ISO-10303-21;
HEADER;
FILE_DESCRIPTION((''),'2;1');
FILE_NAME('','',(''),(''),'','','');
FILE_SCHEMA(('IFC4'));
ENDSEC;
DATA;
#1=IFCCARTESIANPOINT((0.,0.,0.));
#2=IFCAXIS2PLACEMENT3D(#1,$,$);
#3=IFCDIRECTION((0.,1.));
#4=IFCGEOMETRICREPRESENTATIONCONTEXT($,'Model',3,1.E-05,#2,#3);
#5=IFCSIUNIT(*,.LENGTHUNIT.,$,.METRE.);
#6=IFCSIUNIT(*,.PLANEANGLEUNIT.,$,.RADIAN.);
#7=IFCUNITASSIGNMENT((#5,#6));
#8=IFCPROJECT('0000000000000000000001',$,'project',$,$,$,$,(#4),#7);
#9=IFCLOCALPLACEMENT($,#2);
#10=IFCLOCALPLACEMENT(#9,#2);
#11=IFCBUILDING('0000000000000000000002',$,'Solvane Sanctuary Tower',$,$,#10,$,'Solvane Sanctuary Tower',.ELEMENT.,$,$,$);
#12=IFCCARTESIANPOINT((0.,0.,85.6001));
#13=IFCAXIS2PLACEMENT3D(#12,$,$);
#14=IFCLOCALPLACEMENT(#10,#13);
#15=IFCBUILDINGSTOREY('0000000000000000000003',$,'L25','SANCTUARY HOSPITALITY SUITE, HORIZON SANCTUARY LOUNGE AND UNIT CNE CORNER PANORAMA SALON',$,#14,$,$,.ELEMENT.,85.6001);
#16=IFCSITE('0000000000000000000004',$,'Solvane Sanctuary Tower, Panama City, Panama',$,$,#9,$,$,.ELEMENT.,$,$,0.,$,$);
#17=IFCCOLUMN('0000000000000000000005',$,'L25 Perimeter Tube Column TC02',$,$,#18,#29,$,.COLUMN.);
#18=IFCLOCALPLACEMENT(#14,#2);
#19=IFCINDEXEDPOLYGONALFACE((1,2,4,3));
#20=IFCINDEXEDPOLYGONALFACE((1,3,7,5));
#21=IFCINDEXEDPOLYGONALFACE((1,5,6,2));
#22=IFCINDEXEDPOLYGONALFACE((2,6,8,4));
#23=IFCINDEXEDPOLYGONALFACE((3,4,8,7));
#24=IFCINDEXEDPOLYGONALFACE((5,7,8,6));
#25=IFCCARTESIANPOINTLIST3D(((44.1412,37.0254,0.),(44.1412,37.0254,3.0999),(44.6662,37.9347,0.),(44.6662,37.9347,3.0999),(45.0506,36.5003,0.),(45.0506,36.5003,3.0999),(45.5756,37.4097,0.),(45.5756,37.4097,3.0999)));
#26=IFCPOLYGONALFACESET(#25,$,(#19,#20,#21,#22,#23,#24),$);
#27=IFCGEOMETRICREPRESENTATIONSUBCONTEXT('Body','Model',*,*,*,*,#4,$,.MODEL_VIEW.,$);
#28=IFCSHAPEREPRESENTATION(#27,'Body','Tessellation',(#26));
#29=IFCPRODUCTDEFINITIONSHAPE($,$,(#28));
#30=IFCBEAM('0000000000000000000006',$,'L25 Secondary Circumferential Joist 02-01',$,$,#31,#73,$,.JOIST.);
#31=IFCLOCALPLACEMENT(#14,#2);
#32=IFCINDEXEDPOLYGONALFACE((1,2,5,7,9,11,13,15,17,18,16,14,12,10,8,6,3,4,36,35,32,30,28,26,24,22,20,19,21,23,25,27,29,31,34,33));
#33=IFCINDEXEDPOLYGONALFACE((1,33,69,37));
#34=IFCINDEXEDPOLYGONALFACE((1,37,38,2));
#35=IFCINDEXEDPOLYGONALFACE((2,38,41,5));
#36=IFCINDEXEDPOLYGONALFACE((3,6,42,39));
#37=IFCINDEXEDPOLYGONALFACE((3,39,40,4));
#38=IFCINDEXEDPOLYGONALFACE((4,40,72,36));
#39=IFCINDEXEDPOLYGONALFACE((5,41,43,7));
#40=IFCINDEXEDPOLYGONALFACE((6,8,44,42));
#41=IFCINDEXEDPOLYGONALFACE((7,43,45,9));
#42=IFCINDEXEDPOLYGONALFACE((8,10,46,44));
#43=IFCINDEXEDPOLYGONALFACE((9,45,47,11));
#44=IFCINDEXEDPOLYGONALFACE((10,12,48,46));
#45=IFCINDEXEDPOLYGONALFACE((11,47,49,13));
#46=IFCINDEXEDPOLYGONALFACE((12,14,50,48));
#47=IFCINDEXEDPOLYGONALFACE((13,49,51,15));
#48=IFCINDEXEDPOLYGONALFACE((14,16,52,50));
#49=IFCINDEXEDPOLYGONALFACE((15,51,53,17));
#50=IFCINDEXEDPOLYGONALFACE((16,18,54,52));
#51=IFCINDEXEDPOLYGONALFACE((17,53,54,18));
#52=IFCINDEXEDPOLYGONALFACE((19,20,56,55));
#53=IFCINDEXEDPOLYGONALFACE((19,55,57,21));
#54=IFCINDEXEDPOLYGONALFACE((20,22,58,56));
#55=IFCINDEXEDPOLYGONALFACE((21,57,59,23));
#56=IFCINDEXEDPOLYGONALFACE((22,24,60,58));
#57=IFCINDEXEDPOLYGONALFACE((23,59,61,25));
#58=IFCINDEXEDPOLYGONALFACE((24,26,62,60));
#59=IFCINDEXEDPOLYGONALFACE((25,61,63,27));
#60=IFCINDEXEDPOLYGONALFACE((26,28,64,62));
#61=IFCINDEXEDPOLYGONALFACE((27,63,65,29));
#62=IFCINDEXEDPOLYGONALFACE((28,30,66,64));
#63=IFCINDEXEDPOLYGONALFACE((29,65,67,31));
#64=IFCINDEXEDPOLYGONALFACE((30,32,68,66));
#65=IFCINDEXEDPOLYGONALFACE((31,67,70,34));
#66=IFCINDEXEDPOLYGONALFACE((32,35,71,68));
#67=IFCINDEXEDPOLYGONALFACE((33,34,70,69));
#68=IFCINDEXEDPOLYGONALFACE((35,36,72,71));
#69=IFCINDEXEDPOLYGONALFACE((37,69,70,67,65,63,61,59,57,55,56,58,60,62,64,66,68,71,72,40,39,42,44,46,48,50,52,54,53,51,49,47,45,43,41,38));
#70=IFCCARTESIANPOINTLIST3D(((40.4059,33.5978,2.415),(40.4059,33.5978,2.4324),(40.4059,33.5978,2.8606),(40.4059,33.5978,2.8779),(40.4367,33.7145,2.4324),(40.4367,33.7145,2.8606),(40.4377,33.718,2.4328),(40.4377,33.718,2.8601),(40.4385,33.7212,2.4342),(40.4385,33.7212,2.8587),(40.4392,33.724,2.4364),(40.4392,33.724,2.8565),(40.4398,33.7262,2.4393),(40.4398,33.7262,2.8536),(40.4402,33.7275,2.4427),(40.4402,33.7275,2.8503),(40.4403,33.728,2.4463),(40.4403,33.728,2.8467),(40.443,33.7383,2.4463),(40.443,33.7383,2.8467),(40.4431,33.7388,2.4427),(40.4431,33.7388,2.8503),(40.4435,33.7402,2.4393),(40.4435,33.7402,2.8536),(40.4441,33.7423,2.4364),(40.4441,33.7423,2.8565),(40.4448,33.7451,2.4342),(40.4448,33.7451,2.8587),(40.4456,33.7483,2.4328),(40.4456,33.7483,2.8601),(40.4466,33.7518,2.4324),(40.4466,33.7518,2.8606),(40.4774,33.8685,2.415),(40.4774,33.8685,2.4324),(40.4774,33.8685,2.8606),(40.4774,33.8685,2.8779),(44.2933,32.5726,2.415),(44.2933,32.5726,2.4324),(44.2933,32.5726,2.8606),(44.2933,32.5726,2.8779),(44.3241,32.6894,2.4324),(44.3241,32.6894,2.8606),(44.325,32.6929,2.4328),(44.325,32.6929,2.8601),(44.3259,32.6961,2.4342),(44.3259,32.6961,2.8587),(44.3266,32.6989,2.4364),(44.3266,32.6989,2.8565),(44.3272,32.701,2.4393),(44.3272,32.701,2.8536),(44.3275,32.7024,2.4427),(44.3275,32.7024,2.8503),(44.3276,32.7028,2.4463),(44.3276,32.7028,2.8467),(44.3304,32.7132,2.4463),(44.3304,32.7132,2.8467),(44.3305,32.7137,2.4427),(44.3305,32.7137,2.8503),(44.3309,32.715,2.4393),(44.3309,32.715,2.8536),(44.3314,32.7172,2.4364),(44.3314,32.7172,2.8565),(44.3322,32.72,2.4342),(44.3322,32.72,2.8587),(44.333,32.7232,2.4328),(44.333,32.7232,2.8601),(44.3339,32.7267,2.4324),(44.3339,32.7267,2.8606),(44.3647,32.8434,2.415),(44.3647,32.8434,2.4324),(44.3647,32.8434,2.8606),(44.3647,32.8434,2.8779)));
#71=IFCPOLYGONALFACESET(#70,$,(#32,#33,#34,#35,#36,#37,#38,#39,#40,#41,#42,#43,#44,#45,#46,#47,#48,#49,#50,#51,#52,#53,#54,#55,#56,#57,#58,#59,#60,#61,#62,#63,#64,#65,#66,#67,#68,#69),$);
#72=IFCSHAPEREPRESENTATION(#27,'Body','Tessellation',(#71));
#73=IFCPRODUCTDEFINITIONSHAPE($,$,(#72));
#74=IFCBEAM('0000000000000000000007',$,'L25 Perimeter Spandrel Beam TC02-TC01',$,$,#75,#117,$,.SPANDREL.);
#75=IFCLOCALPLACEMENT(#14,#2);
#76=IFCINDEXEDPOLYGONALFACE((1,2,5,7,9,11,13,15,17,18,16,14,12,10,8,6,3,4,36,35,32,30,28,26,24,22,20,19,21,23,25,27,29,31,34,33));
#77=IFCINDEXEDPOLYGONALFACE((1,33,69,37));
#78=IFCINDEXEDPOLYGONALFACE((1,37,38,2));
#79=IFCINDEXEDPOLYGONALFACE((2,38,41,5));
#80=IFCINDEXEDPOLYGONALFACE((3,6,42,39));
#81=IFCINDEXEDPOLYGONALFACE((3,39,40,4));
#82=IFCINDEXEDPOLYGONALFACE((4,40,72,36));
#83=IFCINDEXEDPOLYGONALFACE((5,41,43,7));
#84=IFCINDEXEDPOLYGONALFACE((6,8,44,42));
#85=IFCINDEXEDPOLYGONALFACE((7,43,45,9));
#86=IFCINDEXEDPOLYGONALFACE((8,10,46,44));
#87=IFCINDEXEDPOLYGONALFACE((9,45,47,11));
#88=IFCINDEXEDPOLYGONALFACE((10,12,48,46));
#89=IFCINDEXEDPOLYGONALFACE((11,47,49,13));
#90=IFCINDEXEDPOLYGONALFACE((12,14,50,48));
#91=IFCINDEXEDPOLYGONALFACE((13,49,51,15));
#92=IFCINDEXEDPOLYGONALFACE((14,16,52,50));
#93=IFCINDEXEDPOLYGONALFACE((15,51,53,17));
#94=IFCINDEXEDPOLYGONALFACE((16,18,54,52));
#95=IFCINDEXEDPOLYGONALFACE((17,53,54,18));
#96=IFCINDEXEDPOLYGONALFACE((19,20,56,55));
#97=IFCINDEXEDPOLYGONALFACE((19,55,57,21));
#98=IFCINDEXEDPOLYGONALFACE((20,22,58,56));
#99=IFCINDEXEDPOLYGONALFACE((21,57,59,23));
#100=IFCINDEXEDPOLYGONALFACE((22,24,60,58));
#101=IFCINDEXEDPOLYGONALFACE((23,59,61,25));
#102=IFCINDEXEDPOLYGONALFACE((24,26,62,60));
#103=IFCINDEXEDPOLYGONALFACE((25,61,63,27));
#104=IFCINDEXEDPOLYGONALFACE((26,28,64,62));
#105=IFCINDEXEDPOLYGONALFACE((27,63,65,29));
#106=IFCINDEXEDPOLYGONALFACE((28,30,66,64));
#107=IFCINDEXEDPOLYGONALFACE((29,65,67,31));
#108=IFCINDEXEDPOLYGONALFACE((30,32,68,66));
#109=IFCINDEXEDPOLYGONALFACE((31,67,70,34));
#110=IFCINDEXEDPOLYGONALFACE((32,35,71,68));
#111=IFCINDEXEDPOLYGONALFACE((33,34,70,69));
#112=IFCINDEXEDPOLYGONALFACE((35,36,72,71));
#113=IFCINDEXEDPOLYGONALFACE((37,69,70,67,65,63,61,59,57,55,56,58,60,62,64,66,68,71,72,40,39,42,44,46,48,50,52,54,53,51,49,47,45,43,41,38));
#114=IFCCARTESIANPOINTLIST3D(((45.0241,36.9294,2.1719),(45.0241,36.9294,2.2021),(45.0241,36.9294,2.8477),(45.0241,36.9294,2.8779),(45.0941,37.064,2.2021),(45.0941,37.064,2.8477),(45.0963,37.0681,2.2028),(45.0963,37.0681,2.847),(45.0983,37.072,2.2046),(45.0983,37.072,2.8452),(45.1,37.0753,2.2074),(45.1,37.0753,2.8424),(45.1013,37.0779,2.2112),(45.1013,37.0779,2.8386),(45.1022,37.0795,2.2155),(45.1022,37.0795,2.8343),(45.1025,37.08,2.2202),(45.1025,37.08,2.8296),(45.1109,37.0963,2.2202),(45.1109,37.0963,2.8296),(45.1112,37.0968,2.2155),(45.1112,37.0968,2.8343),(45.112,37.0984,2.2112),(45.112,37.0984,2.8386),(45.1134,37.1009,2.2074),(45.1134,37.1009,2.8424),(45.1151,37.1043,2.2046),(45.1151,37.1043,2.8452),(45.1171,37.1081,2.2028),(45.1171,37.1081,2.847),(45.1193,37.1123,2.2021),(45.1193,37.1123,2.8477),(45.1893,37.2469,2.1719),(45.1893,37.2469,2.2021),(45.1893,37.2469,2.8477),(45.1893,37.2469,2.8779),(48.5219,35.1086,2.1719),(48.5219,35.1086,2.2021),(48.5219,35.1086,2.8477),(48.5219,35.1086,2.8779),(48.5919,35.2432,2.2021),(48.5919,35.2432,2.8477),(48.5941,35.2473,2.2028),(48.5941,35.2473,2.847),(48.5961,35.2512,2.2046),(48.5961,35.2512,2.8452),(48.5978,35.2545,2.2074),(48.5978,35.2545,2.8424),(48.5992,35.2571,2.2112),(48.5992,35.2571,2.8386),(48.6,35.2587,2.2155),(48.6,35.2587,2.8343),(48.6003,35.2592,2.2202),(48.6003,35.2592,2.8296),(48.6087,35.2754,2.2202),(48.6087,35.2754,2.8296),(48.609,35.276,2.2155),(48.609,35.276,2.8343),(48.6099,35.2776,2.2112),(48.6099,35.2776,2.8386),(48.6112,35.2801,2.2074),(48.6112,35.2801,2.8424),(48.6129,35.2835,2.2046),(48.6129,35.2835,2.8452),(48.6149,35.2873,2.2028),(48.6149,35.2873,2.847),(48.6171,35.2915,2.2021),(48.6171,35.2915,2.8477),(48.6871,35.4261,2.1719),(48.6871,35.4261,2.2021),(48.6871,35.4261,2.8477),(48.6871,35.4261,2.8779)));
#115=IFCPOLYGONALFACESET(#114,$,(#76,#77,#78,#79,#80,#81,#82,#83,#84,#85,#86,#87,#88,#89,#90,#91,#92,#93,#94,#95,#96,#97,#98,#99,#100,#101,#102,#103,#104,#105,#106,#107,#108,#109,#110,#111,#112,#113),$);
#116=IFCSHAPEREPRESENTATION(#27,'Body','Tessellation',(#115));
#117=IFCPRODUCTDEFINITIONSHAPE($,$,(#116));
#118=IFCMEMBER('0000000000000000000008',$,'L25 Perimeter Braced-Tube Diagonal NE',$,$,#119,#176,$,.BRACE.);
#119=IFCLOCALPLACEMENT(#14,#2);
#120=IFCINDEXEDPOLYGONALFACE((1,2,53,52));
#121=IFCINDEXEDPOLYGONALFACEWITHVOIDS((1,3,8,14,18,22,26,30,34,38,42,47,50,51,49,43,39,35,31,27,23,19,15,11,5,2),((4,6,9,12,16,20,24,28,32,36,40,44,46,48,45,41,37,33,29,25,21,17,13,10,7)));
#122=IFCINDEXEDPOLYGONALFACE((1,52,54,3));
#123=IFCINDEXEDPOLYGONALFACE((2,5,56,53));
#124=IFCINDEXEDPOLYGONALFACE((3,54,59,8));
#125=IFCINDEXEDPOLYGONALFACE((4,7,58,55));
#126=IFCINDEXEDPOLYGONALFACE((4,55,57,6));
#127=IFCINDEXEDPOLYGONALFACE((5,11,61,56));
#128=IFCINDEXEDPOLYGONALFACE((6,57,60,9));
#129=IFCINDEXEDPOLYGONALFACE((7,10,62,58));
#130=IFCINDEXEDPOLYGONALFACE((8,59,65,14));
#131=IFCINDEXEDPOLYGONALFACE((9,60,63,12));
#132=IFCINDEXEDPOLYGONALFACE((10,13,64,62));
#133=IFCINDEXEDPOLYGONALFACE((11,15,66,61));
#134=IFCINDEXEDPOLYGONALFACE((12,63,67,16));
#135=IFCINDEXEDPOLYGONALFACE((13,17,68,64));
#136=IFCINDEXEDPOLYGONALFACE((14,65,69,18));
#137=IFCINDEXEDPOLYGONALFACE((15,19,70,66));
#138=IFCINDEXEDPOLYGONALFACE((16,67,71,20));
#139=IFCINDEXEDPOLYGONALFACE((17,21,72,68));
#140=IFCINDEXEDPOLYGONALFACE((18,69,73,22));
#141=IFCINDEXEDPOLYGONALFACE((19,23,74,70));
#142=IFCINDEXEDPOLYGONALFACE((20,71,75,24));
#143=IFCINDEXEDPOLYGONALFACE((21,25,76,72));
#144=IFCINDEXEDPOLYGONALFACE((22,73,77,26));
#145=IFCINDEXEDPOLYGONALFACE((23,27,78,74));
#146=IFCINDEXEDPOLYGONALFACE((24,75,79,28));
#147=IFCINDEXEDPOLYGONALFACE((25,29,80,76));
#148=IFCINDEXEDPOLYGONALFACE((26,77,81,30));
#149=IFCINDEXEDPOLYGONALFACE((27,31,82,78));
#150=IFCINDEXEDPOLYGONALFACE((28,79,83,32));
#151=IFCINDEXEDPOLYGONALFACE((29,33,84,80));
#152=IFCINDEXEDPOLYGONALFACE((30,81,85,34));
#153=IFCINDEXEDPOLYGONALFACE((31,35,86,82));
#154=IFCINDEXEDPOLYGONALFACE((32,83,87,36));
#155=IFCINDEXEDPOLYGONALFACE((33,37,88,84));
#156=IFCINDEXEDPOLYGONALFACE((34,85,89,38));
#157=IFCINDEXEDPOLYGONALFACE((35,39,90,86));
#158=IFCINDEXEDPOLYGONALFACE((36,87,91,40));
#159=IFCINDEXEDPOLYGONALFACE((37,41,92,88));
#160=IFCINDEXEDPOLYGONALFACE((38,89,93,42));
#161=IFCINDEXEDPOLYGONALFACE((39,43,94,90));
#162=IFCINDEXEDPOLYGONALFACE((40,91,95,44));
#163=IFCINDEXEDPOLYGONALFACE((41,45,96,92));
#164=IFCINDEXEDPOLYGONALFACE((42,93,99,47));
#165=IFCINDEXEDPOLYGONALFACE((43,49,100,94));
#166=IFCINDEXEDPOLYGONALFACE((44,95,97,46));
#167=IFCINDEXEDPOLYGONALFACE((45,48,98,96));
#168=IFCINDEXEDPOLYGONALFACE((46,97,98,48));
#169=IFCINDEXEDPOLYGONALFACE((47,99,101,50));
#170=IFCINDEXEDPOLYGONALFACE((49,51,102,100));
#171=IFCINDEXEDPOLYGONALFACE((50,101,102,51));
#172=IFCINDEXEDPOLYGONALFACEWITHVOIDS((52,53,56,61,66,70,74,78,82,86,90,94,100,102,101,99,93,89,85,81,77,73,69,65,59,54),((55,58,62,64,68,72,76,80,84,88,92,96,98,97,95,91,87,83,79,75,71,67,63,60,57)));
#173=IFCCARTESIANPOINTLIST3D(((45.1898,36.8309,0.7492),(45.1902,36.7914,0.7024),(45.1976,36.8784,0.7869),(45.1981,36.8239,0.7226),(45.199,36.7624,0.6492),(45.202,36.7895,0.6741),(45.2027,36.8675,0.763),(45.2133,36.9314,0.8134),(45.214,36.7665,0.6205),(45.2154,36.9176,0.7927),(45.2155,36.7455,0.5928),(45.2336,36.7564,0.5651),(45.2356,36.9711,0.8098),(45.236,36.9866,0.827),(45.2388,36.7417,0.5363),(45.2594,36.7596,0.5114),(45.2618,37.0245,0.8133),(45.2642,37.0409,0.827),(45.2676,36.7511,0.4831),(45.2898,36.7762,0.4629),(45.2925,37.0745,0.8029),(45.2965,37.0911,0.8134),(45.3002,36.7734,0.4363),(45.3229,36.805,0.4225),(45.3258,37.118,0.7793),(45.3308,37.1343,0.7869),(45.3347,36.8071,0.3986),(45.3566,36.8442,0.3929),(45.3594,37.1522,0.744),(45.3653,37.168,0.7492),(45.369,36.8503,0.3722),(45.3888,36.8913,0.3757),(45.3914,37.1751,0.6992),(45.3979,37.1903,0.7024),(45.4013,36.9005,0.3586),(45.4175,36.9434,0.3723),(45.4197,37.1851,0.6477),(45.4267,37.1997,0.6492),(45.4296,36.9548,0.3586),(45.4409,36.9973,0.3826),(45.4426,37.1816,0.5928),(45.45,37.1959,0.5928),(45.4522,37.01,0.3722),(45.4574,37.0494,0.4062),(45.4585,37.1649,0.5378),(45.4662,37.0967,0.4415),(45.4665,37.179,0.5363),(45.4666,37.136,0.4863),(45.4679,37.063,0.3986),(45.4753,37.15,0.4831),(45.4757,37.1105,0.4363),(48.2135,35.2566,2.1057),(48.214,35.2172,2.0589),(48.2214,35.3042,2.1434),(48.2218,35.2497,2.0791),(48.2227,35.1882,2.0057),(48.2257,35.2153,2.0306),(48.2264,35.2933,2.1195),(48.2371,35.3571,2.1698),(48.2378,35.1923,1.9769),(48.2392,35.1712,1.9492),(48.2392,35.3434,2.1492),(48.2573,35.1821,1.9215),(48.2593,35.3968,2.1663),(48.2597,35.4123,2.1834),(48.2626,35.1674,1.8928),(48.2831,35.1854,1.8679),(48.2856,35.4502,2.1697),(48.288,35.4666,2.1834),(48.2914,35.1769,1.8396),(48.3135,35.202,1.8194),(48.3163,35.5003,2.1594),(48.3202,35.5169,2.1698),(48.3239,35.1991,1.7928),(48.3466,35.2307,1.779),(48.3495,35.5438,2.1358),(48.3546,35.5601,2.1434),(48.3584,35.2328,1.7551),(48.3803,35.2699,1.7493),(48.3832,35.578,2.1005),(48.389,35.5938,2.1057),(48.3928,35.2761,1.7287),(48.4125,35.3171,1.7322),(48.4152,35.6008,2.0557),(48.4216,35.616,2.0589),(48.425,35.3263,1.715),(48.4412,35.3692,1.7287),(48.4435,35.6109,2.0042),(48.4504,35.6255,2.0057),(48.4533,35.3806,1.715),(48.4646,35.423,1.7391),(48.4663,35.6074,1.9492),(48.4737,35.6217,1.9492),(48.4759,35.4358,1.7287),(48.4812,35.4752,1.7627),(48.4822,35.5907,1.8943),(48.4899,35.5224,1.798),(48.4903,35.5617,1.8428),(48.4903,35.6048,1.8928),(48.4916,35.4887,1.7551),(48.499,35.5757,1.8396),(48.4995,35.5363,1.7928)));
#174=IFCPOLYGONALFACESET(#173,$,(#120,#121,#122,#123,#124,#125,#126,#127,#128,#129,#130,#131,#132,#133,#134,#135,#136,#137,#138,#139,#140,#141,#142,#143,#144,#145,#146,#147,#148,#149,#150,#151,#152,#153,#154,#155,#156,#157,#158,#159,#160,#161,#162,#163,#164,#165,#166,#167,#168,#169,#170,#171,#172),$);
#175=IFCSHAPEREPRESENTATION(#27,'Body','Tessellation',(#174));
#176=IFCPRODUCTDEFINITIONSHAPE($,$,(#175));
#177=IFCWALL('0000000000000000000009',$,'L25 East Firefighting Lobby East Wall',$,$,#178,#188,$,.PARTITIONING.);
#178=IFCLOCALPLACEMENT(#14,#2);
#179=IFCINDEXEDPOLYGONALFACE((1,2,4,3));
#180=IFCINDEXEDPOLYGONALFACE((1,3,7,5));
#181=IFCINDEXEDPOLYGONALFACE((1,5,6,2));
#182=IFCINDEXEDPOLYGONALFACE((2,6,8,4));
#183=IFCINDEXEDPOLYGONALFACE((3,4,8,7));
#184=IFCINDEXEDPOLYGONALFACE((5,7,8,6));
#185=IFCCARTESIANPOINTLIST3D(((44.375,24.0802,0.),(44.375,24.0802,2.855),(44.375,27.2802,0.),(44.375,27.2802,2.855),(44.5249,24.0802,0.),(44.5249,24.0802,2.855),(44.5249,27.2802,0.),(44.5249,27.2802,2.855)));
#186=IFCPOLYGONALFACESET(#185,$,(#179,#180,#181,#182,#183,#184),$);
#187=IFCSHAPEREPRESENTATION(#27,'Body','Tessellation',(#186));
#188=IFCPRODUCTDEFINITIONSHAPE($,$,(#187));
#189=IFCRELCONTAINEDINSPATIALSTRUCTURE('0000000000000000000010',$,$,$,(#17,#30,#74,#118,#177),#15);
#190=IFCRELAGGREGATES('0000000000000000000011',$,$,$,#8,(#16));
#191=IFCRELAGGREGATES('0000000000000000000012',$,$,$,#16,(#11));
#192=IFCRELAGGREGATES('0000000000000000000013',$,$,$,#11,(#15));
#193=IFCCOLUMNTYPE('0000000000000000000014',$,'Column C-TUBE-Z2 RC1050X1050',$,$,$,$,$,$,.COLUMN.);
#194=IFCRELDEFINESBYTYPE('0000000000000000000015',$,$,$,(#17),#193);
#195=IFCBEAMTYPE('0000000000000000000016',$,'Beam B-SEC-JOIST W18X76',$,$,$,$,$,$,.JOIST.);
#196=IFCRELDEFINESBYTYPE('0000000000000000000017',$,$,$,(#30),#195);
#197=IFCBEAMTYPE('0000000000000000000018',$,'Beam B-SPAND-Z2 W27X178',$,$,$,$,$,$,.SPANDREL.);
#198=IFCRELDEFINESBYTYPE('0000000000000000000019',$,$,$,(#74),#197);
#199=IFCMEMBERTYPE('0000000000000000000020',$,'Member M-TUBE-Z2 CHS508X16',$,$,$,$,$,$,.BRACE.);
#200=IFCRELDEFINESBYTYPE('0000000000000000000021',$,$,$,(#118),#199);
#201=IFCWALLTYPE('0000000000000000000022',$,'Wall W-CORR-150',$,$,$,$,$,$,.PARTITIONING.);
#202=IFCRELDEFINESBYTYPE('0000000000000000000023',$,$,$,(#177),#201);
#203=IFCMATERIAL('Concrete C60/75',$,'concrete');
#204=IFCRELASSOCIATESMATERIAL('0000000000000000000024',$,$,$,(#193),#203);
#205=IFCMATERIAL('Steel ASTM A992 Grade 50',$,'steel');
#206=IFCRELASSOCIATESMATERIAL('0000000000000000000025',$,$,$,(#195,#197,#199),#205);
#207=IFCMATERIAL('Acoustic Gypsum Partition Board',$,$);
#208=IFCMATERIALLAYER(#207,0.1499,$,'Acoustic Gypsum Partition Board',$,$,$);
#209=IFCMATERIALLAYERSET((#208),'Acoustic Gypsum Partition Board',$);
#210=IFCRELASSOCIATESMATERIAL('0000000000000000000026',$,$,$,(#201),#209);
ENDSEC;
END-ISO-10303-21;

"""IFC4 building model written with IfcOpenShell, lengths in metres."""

from ifc_helpers import new_model, si_unit, direction, frame, frame_2d, origin, origin_2d, place, context, subcontext, project, spatial, rectangle, hollow_circle, i_section, extrude, material, layer, layer_set, material_profile, profile_set, type_object, element, save


model = new_model("IFC4")

# Units and contexts
model_context = context("Model", 3, precision=1e-05, world=origin(), true_north=direction((0.0, 1.0)))
body_context = subcontext(model_context, "Body", "Model", "MODEL_VIEW")
ifc_project = project(units=[si_unit("LENGTHUNIT", "METRE"), si_unit("PLANEANGLEUNIT", "RADIAN")], contexts=[model_context])

# Site, building, storey
site_placement = place(None, origin())
site = spatial("IfcSite", under=ifc_project, at=site_placement, Name="Solvane Sanctuary Tower, Panama City, Panama", CompositionType="ELEMENT", RefElevation=0.0)
building_placement = place(site_placement, origin())
building = spatial("IfcBuilding", under=site, at=building_placement, Name="Solvane Sanctuary Tower", LongName="Solvane Sanctuary Tower", CompositionType="ELEMENT")
storey_placement = place(building_placement, frame((0.0, 0.0, 85.6001)))
storey = spatial("IfcBuildingStorey", under=building, at=storey_placement, Name="L25", Description="SANCTUARY HOSPITALITY SUITE, HORIZON SANCTUARY LOUNGE AND UNIT CNE CORNER PANORAMA SALON", CompositionType="ELEMENT", Elevation=85.6001)

# Column
ifc_material_1 = material(Name="Concrete C60/75", Category="concrete")
ifc_material_profile_1 = material_profile(ifc_material_1, rectangle(XDim=1.05, YDim=1.05, at=origin_2d()), Name="RC1050X1050")
ifc_profile_set_1 = profile_set([ifc_material_profile_1], Name="Concrete C60/75")
column_type = type_object("IfcColumnType", Name="Column C-TUBE-Z2 RC1050X1050", PredefinedType="COLUMN", material=ifc_profile_set_1)
column_placement = place(storey_placement, frame((44.8584, 37.2175, 0.0), z_axis=(0.0, 0.0, 1.0), x_axis=(0.5, 0.866025, 0.0)))
element("IfcColumn", 1, at=column_placement, inside=storey, type_object=column_type, Name="L25 Perimeter Tube Column TC02", PredefinedType="COLUMN", context=body_context, shape_type="SweptSolid", body=[
    extrude(rectangle(XDim=1.05, YDim=1.05, at=origin_2d()), origin(), (0.0, 0.0, 1.0), 3.0999),
])

# Beams
ifc_material_2 = material(Name="Steel ASTM A992 Grade 50", Category="steel")
ifc_material_profile_2 = material_profile(ifc_material_2, i_section(OverallWidth=0.28, OverallDepth=0.4629, WebThickness=0.0107, FlangeThickness=0.0173, FilletRadius=0.0139, at=origin_2d()), Name="W18X76")
ifc_profile_set_2 = profile_set([ifc_material_profile_2], Name="Steel ASTM A992 Grade 50")
beam_type_1 = type_object("IfcBeamType", Name="Beam B-SEC-JOIST W18X76", PredefinedType="JOIST", material=ifc_profile_set_2)
beam_1_placement = place(storey_placement, frame((40.4417, 33.7332, 2.6465), z_axis=(0.966944, -0.254989, 0.0), x_axis=(0.254989, 0.966944, 0.0)))
element("IfcBeam", 2, at=beam_1_placement, inside=storey, type_object=beam_type_1, Name="L25 Secondary Circumferential Joist 02-01", PredefinedType="JOIST", context=body_context, shape_type="SweptSolid", body=[
    extrude(i_section(OverallWidth=0.28, OverallDepth=0.4629, WebThickness=0.0107, FlangeThickness=0.0173, FilletRadius=0.0139, at=origin_2d()), origin(), (0.0, 0.0, 1.0), 4.0203),
])
ifc_material_profile_3 = material_profile(ifc_material_2, i_section(OverallWidth=0.3579, OverallDepth=0.7061, WebThickness=0.0183, FlangeThickness=0.0303, FilletRadius=0.0181, at=origin_2d()), Name="W27X178")
ifc_profile_set_3 = profile_set([ifc_material_profile_3], Name="Steel ASTM A992 Grade 50")
beam_type_2 = type_object("IfcBeamType", Name="Beam B-SPAND-Z2 W27X178", PredefinedType="SPANDREL", material=ifc_profile_set_3)
beam_2_placement = place(storey_placement, frame((45.1067, 37.0881, 2.5249), z_axis=(0.887015, -0.461741, 0.0), x_axis=(0.461741, 0.887015, 0.0)))
element("IfcBeam", 3, at=beam_2_placement, inside=storey, type_object=beam_type_2, Name="L25 Perimeter Spandrel Beam TC02-TC01", PredefinedType="SPANDREL", context=body_context, shape_type="SweptSolid", body=[
    extrude(i_section(OverallWidth=0.3579, OverallDepth=0.7061, WebThickness=0.0183, FlangeThickness=0.0303, FilletRadius=0.0181, at=origin_2d()), origin(), (0.0, 0.0, 1.0), 3.9434),
])

# Member
ifc_material_profile_4 = material_profile(ifc_material_2, hollow_circle(Radius=0.2539, WallThickness=0.0161, at=origin_2d()), Name="CHS508X16")
ifc_profile_set_4 = profile_set([ifc_material_profile_4], Name="Steel ASTM A992 Grade 50")
member_type = type_object("IfcMemberType", Name="Member M-TUBE-Z2 CHS508X16", PredefinedType="BRACE", material=ifc_profile_set_4)
member_placement = place(storey_placement, frame((45.3328, 36.9707, 0.5928), z_axis=(0.824141, -0.429072, 0.369715), x_axis=(0.461792, 0.886988, 0.0)))
element("IfcMember", 4, at=member_placement, inside=storey, type_object=member_type, Name="L25 Perimeter Braced-Tube Diagonal NE", PredefinedType="BRACE", context=body_context, shape_type="SweptSolid", body=[
    extrude(hollow_circle(Radius=0.2539, WallThickness=0.0161, at=origin_2d()), origin(), (0.0, 0.0, 1.0), 3.6689),
])

# Wall
ifc_material_3 = material(Name="Acoustic Gypsum Partition Board")
ifc_layer_1 = layer(ifc_material_3, 0.1499, Name="Acoustic Gypsum Partition Board")
ifc_layer_set_1 = layer_set([ifc_layer_1], Name="Acoustic Gypsum Partition Board")
wall_type_1 = type_object("IfcWallType", Name="Wall W-CORR-150", PredefinedType="PARTITIONING", material=ifc_layer_set_1)
wall_1_placement = place(storey_placement, frame((44.45, 24.0801, 0.0), z_axis=(0.0, 0.0, 1.0), x_axis=(0.0, 1.0, 0.0)))
element("IfcWall", 5, at=wall_1_placement, inside=storey, type_object=wall_type_1, Name="L25 East Firefighting Lobby East Wall", PredefinedType="PARTITIONING", context=body_context, shape_type="SweptSolid", body=[
    extrude(rectangle(XDim=3.2, YDim=0.1499, at=frame_2d((1.6001, 0.0))), origin(), (0.0, 0.0, 1.0), 2.855),
])

save(model, "model.ifc")
